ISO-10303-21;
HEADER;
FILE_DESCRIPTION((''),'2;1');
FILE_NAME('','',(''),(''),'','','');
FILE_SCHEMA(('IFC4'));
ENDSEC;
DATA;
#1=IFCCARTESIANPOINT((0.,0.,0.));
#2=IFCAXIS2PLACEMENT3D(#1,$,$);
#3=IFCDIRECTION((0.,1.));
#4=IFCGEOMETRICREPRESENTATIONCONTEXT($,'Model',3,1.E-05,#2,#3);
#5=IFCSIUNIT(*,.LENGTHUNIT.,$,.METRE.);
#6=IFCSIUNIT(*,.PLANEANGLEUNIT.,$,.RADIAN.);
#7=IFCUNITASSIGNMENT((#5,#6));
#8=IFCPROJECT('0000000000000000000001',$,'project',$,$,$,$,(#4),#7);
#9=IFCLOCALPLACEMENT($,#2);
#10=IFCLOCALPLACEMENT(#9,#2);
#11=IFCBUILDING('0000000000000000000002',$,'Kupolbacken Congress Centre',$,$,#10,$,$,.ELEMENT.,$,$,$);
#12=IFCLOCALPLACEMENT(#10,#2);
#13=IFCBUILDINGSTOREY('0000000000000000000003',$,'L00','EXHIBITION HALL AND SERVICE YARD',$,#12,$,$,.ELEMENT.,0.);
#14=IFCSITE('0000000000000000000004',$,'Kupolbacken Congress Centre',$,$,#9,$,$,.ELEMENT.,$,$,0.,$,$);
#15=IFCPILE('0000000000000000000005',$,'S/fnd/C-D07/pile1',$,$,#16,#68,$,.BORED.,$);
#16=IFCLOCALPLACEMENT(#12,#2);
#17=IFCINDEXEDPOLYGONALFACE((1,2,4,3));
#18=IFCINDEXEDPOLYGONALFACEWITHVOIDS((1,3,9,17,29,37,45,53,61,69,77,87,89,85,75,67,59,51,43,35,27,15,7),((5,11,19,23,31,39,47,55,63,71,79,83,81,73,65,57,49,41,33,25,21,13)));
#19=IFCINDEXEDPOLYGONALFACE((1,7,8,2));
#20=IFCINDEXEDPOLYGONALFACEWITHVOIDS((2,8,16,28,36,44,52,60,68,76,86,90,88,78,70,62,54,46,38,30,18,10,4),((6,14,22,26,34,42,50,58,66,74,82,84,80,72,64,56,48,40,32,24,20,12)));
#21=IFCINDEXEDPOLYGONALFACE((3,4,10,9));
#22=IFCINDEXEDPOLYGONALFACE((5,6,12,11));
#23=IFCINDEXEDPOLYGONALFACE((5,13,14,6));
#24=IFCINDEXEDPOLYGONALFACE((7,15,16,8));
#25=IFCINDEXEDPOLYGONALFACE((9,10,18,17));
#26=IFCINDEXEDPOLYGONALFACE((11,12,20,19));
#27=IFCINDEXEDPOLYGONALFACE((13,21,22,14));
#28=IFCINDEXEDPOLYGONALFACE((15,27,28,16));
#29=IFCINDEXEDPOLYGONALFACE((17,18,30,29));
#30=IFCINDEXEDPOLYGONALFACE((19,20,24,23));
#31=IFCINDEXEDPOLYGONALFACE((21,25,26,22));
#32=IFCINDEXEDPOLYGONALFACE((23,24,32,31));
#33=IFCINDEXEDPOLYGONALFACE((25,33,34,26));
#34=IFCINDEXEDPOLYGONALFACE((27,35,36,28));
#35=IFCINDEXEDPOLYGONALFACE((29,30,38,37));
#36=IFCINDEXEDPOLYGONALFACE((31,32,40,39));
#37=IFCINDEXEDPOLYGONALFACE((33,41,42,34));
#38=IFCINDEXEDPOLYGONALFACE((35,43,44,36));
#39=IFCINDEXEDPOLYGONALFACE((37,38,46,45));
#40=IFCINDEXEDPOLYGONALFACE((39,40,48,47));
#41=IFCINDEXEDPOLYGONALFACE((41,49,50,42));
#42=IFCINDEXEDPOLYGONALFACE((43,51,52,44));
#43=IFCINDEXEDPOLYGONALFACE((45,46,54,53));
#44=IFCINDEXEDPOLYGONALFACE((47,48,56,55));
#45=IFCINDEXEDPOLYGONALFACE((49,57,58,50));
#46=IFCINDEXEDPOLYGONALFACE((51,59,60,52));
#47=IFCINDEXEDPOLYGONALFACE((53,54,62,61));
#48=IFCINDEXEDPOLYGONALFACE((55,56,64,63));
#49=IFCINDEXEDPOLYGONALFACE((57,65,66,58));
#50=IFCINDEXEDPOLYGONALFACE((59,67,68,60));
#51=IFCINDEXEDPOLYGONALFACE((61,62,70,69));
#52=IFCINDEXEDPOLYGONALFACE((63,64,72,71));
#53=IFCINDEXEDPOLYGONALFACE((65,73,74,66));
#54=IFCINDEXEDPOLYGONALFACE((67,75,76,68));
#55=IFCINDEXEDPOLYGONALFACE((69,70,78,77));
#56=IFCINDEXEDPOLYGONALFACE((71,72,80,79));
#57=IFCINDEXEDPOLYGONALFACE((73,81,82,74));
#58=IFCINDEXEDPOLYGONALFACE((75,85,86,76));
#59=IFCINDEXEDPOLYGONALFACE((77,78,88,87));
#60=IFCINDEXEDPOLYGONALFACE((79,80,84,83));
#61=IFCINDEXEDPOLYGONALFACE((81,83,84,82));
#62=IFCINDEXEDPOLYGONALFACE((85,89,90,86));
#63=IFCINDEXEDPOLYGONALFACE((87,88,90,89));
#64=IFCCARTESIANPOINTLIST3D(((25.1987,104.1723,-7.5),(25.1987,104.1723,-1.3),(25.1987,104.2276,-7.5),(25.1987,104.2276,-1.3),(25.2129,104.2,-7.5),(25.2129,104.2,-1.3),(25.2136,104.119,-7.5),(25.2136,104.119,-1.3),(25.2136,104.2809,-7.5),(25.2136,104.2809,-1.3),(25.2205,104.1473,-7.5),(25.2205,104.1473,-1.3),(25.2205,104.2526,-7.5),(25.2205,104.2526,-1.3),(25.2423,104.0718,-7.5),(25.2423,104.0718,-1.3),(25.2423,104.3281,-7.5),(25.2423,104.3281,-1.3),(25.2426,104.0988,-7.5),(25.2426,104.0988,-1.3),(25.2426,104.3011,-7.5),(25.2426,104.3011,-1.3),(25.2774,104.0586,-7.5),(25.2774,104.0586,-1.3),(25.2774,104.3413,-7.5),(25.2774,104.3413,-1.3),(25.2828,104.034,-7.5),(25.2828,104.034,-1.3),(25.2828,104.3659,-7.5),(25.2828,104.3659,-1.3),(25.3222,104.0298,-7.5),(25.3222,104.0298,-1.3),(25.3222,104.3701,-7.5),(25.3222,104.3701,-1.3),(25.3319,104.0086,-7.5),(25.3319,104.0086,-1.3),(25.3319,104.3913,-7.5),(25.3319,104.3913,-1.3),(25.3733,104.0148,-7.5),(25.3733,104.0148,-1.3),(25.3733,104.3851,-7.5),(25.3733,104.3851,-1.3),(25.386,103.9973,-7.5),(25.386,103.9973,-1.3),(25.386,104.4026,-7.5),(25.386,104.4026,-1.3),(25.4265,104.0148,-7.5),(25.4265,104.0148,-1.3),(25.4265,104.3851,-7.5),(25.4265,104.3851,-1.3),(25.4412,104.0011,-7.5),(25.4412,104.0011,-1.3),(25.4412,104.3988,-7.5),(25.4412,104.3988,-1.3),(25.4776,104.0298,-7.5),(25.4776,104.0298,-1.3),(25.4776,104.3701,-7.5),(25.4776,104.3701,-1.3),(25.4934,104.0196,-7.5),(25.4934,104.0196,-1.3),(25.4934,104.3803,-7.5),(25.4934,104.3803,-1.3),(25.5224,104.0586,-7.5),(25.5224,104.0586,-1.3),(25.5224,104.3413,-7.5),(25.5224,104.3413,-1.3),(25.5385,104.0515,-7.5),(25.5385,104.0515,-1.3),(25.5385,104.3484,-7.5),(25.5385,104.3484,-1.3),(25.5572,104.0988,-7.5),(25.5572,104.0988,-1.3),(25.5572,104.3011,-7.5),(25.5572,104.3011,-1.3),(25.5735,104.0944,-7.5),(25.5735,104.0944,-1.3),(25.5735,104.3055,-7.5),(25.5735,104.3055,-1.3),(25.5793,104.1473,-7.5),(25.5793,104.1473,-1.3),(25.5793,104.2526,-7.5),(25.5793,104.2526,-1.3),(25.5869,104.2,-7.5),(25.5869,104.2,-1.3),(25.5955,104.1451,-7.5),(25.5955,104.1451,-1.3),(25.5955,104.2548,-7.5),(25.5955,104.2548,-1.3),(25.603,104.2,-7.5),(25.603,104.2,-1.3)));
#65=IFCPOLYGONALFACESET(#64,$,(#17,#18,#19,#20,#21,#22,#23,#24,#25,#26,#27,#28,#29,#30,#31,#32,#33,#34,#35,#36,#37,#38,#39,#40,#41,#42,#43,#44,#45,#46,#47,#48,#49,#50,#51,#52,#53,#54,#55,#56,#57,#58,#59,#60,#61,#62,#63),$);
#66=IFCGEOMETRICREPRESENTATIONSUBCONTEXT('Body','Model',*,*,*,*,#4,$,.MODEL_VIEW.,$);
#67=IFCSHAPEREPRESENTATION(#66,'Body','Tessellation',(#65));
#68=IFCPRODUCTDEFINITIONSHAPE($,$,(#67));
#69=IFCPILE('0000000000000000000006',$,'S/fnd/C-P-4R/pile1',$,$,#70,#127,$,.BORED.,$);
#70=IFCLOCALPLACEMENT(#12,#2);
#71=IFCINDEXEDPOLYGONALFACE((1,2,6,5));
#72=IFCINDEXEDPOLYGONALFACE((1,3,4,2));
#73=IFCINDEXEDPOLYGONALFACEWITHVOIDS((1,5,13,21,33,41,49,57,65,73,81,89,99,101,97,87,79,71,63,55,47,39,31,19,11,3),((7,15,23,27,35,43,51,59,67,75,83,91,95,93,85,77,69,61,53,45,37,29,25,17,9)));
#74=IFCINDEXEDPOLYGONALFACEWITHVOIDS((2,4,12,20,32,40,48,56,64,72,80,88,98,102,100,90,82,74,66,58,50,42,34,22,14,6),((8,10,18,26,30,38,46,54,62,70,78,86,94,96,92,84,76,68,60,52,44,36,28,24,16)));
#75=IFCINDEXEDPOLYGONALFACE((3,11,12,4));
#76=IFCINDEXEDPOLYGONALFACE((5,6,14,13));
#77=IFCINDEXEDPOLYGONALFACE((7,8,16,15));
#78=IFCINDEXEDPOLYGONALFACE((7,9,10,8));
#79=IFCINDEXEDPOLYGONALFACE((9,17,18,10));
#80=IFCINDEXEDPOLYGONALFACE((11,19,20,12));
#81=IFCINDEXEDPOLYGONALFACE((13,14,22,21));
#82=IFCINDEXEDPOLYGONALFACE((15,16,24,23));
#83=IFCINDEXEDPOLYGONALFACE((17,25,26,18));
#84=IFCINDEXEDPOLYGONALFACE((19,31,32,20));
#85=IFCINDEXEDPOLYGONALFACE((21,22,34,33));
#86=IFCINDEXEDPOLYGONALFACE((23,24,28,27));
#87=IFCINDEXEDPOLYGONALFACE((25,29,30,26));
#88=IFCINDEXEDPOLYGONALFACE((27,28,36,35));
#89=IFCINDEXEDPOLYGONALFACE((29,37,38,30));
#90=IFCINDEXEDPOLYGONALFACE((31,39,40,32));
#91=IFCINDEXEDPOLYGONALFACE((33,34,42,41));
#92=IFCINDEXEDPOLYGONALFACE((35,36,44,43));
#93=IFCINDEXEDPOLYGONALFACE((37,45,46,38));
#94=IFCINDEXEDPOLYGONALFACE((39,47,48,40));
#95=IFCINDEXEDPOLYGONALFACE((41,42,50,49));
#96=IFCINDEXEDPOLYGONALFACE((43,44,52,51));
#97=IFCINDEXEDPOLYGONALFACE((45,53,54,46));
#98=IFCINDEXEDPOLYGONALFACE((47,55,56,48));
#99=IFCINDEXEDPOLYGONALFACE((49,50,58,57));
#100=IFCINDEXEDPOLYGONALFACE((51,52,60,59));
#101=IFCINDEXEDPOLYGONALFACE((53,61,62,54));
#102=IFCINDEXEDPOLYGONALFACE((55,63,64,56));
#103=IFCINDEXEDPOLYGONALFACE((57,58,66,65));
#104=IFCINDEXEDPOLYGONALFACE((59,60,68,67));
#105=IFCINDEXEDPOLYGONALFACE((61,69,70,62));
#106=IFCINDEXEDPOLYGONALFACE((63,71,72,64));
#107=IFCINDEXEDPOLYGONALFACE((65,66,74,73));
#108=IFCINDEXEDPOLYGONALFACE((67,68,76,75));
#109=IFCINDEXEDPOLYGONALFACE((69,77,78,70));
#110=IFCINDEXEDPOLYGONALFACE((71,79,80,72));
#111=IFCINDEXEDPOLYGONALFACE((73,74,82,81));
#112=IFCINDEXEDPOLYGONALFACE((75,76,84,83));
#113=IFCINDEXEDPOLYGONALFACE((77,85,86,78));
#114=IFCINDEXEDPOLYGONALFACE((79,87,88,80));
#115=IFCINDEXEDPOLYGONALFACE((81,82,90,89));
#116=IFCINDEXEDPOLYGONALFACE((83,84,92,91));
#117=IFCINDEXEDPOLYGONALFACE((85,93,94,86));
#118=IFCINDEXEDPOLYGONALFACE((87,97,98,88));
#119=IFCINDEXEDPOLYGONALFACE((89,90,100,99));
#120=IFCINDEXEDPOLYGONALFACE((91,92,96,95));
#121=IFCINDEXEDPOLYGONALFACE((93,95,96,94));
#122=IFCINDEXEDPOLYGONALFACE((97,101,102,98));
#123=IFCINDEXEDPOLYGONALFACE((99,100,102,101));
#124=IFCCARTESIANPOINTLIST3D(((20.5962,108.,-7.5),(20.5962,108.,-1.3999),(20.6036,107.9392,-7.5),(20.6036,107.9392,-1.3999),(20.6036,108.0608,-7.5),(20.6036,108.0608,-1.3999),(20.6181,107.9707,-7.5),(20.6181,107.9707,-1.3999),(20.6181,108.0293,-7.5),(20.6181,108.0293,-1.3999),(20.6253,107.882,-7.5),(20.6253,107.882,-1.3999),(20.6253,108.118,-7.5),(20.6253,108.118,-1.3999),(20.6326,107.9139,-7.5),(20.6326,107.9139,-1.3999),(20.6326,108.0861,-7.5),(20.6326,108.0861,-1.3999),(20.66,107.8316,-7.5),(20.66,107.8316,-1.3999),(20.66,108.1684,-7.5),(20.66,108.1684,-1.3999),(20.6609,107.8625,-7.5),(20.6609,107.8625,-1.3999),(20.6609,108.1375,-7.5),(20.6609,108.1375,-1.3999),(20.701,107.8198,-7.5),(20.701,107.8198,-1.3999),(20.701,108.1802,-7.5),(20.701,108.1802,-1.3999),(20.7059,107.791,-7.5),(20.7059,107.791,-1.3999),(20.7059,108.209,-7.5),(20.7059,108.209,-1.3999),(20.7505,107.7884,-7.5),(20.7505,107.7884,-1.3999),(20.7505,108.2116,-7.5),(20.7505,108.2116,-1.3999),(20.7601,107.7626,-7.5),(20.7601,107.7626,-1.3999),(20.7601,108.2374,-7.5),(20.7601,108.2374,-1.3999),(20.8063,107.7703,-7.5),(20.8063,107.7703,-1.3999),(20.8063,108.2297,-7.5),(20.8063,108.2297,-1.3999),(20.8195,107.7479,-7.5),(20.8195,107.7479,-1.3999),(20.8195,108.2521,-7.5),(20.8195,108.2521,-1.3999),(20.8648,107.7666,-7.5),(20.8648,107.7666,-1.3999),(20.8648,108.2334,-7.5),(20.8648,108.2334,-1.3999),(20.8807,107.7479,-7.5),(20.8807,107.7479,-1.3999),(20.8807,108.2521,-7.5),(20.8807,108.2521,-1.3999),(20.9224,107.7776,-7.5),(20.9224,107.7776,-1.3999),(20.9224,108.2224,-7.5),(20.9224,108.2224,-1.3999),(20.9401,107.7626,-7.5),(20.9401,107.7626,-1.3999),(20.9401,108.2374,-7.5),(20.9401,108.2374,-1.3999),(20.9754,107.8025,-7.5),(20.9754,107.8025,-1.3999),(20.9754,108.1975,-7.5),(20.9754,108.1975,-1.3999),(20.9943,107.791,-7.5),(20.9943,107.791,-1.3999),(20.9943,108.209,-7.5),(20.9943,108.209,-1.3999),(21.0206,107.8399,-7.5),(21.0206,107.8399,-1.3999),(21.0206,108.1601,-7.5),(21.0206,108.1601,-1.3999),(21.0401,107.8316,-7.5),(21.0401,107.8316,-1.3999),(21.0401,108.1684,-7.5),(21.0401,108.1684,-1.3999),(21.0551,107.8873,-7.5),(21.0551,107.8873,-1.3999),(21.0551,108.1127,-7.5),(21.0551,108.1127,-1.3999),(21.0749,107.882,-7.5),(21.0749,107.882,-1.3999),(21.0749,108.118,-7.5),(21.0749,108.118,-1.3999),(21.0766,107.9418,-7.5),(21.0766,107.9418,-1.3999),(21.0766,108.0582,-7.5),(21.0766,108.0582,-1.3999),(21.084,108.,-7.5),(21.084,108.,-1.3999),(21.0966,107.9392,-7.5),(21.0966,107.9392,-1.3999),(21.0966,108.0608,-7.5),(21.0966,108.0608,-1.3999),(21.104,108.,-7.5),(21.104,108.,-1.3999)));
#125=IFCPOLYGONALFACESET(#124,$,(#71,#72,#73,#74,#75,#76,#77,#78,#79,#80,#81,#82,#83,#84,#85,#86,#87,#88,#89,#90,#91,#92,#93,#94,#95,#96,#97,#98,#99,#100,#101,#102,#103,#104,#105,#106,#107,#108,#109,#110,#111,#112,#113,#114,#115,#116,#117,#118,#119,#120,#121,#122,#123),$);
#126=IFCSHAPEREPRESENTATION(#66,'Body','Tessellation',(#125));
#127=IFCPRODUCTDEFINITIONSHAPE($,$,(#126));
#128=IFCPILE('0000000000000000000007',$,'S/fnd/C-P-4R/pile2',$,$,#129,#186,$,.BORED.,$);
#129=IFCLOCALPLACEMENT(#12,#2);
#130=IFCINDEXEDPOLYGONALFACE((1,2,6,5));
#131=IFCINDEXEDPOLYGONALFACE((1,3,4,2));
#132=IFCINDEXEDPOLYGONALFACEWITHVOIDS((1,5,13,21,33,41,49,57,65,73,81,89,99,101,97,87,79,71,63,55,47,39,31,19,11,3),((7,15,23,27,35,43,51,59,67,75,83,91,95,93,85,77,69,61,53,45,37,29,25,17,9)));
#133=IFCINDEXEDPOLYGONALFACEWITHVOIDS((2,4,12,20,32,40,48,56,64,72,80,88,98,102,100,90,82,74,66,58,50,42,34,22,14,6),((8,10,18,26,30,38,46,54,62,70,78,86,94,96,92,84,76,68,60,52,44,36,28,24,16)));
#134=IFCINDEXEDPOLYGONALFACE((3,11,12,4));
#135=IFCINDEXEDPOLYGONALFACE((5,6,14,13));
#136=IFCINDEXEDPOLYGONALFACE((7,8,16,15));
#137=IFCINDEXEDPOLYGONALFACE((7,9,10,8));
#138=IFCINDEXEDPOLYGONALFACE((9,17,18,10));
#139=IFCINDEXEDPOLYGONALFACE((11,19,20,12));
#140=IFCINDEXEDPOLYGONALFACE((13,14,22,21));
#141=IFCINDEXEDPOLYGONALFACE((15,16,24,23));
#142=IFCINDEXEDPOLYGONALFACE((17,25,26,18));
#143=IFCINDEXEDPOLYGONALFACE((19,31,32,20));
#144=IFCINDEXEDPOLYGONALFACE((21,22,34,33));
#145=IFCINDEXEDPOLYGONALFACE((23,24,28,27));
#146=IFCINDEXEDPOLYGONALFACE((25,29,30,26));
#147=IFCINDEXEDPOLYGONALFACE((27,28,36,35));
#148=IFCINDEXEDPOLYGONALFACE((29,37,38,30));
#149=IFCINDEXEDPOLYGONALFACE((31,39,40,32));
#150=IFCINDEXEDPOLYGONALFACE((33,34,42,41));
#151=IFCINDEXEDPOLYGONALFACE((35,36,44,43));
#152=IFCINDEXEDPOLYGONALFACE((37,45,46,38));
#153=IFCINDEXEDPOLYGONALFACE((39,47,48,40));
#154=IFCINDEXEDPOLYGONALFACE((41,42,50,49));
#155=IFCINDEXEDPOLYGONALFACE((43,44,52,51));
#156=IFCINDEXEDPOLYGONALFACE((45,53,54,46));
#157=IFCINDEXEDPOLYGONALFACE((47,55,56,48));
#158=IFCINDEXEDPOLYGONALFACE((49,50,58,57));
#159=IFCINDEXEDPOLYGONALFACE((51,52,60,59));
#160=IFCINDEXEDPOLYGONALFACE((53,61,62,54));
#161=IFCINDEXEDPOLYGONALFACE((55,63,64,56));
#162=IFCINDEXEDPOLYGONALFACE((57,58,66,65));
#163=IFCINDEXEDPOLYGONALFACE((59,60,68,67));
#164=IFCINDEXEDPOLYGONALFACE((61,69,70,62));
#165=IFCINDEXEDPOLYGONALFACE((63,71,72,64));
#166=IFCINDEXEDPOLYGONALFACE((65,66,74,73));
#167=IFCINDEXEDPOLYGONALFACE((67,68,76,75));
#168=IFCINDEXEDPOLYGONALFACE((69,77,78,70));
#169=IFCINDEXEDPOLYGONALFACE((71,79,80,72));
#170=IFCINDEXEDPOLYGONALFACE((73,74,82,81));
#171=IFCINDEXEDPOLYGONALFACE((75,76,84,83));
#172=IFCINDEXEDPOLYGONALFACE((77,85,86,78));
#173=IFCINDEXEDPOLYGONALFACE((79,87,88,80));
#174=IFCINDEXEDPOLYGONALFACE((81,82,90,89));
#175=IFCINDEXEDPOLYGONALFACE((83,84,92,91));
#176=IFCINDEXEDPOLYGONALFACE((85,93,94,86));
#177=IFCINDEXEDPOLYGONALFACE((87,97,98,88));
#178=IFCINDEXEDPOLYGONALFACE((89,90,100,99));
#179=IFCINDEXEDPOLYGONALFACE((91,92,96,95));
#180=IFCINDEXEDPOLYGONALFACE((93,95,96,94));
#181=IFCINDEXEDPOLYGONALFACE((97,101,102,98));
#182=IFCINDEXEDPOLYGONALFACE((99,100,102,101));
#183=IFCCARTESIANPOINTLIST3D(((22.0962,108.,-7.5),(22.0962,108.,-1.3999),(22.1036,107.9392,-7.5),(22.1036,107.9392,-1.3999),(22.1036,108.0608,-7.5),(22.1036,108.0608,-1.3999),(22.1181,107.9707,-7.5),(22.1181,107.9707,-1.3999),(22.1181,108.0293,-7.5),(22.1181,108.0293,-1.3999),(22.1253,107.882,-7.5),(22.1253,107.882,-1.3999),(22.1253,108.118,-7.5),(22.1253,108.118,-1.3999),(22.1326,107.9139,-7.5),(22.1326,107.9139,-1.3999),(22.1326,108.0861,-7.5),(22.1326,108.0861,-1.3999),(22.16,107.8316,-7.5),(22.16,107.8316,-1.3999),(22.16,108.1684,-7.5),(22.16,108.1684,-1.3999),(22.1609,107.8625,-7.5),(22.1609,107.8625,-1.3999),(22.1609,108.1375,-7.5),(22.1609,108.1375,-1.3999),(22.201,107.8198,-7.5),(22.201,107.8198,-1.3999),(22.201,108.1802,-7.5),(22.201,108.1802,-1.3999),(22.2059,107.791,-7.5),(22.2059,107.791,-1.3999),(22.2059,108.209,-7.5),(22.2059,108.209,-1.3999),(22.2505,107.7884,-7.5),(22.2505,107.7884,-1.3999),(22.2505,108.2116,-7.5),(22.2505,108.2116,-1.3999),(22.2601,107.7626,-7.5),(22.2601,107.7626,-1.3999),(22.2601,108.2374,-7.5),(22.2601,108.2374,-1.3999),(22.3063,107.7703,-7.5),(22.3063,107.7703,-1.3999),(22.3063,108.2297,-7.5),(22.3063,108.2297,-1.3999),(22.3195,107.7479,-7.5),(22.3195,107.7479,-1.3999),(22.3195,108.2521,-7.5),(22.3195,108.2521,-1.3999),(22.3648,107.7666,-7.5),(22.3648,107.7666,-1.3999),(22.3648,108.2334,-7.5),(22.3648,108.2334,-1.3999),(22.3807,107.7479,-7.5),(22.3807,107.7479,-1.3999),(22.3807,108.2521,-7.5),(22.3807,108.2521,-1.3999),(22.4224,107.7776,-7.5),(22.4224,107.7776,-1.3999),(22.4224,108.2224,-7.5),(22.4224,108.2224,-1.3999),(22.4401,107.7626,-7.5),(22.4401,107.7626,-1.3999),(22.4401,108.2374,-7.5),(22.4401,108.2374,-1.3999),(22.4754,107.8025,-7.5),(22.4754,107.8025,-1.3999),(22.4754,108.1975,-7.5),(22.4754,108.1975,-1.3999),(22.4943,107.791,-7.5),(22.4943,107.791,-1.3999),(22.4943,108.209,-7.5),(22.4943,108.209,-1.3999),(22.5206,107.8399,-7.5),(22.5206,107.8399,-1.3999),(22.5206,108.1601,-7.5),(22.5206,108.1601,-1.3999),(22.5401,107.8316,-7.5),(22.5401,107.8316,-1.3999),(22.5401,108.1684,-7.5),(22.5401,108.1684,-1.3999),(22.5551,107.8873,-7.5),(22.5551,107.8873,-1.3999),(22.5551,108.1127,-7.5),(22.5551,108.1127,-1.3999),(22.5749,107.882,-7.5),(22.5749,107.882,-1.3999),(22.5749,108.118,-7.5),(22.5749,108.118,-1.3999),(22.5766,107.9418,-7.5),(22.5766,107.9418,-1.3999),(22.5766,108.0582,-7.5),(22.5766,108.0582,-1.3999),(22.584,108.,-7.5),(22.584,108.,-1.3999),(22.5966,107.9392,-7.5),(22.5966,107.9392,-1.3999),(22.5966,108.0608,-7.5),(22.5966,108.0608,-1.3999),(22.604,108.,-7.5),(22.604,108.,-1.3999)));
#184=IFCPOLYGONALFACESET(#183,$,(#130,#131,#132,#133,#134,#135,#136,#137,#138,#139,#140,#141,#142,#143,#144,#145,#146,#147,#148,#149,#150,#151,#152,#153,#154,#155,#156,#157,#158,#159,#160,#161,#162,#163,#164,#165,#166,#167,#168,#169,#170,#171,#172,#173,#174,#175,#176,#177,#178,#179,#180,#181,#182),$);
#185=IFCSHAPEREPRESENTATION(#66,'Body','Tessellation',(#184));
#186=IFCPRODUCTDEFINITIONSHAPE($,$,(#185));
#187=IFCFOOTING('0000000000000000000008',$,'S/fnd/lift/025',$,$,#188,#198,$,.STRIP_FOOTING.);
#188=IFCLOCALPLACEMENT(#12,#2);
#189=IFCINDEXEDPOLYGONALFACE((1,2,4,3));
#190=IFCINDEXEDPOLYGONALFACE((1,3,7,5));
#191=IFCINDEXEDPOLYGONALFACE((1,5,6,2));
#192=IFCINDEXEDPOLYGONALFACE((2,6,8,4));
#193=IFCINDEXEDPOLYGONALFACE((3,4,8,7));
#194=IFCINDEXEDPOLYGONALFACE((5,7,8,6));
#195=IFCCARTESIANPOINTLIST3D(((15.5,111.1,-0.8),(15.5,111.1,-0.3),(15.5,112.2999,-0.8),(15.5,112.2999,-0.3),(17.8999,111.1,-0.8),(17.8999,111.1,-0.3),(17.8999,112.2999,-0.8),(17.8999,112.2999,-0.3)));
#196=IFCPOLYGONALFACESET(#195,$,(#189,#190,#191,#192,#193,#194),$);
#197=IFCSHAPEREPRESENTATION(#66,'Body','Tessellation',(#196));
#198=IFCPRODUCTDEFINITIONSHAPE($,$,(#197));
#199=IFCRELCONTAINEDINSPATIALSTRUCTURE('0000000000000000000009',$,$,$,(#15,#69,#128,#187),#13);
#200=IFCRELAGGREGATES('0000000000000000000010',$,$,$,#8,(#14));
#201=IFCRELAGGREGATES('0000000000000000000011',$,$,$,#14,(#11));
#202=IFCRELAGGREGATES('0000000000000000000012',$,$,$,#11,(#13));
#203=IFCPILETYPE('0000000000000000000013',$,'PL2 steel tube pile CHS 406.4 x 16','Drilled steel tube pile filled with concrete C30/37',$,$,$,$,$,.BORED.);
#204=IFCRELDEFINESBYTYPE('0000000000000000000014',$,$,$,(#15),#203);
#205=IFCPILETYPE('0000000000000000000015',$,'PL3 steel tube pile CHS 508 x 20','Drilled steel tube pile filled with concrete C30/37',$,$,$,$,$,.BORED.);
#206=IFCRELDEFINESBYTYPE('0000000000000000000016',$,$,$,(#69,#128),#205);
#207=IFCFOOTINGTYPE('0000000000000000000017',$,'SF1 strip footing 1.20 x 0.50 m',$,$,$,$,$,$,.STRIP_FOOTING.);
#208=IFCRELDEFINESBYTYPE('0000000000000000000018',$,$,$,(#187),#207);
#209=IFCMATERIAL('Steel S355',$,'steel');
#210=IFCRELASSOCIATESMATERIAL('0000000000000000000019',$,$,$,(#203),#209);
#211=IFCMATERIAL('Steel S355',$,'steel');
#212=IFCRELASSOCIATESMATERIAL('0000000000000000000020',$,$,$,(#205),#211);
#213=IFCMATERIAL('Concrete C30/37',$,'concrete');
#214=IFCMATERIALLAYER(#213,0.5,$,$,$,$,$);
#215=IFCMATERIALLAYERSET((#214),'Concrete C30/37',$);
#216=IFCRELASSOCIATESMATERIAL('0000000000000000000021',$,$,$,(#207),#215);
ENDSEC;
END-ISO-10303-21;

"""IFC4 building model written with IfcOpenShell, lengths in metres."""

from ifc_helpers import new_model, si_unit, direction, frame, origin, origin_2d, place, context, subcontext, project, spatial, rectangle, hollow_circle, extrude, material, layer, layer_set, material_profile, profile_set, type_object, element, save


model = new_model("IFC4")

# Units and contexts
model_context = context("Model", 3, precision=1e-05, world=origin(), true_north=direction((0.0, 1.0)))
body_context = subcontext(model_context, "Body", "Model", "MODEL_VIEW")
ifc_project = project(units=[si_unit("LENGTHUNIT", "METRE"), si_unit("PLANEANGLEUNIT", "RADIAN")], contexts=[model_context])

# Site, building, storey
site_placement = place(None, origin())
site = spatial("IfcSite", under=ifc_project, at=site_placement, Name="Kupolbacken Congress Centre", CompositionType="ELEMENT", RefElevation=0.0)
building_placement = place(site_placement, origin())
building = spatial("IfcBuilding", under=site, at=building_placement, Name="Kupolbacken Congress Centre", CompositionType="ELEMENT")
storey_placement = place(building_placement, origin())
storey = spatial("IfcBuildingStorey", under=building, at=storey_placement, Name="L00", Description="EXHIBITION HALL AND SERVICE YARD", CompositionType="ELEMENT", Elevation=0.0)

# Piles
ifc_material_1 = material(Name="Steel S355", Category="steel")
ifc_material_profile_1 = material_profile(ifc_material_1, hollow_circle(Radius=0.2031, WallThickness=0.0161, at=origin_2d()), Name="CHS 406.4 x 16")
ifc_profile_set_1 = profile_set([ifc_material_profile_1], Name="Steel S355")
pile_type_1 = type_object("IfcPileType", Name="PL2 steel tube pile CHS 406.4 x 16", Description="Drilled steel tube pile filled with concrete C30/37", PredefinedType="BORED", material=ifc_profile_set_1)
for number, where, z_axis, x_axis, name in (
    (1, (25.3999, 104.2, -1.3), (0.0, 0.0, -1.0), (1.0, 0.0, 0.0), "S/fnd/C-D07/pile1"),
):
    element("IfcPile", number, at=place(storey_placement, frame(where, z_axis=z_axis, x_axis=x_axis)), inside=storey, type_object=pile_type_1, Name=name, PredefinedType="BORED", context=body_context, shape_type="SweptSolid", body=[
        extrude(hollow_circle(Radius=0.2031, WallThickness=0.0161, at=origin_2d()), origin(), (0.0, 0.0, 1.0), 6.2),
    ])
ifc_material_2 = material(Name="Steel S355", Category="steel")
ifc_material_profile_2 = material_profile(ifc_material_2, hollow_circle(Radius=0.2539, WallThickness=0.02, at=origin_2d()), Name="CHS 508 x 20")
ifc_profile_set_2 = profile_set([ifc_material_profile_2], Name="Steel S355")
pile_type_2 = type_object("IfcPileType", Name="PL3 steel tube pile CHS 508 x 20", Description="Drilled steel tube pile filled with concrete C30/37", PredefinedType="BORED", material=ifc_profile_set_2)
for number, where, z_axis, x_axis, name in (
    (2, (20.8501, 108.0, -1.3999), (0.0, 0.0, -1.0), (1.0, 0.0, 0.0), "S/fnd/C-P-4R/pile1"),
    (3, (22.3501, 108.0, -1.3999), (0.0, 0.0, -1.0), (1.0, 0.0, 0.0), "S/fnd/C-P-4R/pile2"),
):
    element("IfcPile", number, at=place(storey_placement, frame(where, z_axis=z_axis, x_axis=x_axis)), inside=storey, type_object=pile_type_2, Name=name, PredefinedType="BORED", context=body_context, shape_type="SweptSolid", body=[
        extrude(hollow_circle(Radius=0.2539, WallThickness=0.02, at=origin_2d()), origin(), (0.0, 0.0, 1.0), 6.1001),
    ])

# Footing
ifc_material_3 = material(Name="Concrete C30/37", Category="concrete")
ifc_layer_1 = layer(ifc_material_3, 0.5)
ifc_layer_set_1 = layer_set([ifc_layer_1], Name="Concrete C30/37")
footing_type_1 = type_object("IfcFootingType", Name="SF1 strip footing 1.20 x 0.50 m", PredefinedType="STRIP_FOOTING", material=ifc_layer_set_1)
footing_1_placement = place(storey_placement, frame((16.7, 111.7, -0.8), z_axis=(0.0, 0.0, 1.0), x_axis=(1.0, 0.0, 0.0)))
element("IfcFooting", 4, at=footing_1_placement, inside=storey, type_object=footing_type_1, Name="S/fnd/lift/025", PredefinedType="STRIP_FOOTING", context=body_context, shape_type="SweptSolid", body=[
    extrude(rectangle(XDim=2.3999, YDim=1.2, at=origin_2d()), origin(), (0.0, 0.0, 1.0), 0.5),
])

save(model, "model.ifc")
